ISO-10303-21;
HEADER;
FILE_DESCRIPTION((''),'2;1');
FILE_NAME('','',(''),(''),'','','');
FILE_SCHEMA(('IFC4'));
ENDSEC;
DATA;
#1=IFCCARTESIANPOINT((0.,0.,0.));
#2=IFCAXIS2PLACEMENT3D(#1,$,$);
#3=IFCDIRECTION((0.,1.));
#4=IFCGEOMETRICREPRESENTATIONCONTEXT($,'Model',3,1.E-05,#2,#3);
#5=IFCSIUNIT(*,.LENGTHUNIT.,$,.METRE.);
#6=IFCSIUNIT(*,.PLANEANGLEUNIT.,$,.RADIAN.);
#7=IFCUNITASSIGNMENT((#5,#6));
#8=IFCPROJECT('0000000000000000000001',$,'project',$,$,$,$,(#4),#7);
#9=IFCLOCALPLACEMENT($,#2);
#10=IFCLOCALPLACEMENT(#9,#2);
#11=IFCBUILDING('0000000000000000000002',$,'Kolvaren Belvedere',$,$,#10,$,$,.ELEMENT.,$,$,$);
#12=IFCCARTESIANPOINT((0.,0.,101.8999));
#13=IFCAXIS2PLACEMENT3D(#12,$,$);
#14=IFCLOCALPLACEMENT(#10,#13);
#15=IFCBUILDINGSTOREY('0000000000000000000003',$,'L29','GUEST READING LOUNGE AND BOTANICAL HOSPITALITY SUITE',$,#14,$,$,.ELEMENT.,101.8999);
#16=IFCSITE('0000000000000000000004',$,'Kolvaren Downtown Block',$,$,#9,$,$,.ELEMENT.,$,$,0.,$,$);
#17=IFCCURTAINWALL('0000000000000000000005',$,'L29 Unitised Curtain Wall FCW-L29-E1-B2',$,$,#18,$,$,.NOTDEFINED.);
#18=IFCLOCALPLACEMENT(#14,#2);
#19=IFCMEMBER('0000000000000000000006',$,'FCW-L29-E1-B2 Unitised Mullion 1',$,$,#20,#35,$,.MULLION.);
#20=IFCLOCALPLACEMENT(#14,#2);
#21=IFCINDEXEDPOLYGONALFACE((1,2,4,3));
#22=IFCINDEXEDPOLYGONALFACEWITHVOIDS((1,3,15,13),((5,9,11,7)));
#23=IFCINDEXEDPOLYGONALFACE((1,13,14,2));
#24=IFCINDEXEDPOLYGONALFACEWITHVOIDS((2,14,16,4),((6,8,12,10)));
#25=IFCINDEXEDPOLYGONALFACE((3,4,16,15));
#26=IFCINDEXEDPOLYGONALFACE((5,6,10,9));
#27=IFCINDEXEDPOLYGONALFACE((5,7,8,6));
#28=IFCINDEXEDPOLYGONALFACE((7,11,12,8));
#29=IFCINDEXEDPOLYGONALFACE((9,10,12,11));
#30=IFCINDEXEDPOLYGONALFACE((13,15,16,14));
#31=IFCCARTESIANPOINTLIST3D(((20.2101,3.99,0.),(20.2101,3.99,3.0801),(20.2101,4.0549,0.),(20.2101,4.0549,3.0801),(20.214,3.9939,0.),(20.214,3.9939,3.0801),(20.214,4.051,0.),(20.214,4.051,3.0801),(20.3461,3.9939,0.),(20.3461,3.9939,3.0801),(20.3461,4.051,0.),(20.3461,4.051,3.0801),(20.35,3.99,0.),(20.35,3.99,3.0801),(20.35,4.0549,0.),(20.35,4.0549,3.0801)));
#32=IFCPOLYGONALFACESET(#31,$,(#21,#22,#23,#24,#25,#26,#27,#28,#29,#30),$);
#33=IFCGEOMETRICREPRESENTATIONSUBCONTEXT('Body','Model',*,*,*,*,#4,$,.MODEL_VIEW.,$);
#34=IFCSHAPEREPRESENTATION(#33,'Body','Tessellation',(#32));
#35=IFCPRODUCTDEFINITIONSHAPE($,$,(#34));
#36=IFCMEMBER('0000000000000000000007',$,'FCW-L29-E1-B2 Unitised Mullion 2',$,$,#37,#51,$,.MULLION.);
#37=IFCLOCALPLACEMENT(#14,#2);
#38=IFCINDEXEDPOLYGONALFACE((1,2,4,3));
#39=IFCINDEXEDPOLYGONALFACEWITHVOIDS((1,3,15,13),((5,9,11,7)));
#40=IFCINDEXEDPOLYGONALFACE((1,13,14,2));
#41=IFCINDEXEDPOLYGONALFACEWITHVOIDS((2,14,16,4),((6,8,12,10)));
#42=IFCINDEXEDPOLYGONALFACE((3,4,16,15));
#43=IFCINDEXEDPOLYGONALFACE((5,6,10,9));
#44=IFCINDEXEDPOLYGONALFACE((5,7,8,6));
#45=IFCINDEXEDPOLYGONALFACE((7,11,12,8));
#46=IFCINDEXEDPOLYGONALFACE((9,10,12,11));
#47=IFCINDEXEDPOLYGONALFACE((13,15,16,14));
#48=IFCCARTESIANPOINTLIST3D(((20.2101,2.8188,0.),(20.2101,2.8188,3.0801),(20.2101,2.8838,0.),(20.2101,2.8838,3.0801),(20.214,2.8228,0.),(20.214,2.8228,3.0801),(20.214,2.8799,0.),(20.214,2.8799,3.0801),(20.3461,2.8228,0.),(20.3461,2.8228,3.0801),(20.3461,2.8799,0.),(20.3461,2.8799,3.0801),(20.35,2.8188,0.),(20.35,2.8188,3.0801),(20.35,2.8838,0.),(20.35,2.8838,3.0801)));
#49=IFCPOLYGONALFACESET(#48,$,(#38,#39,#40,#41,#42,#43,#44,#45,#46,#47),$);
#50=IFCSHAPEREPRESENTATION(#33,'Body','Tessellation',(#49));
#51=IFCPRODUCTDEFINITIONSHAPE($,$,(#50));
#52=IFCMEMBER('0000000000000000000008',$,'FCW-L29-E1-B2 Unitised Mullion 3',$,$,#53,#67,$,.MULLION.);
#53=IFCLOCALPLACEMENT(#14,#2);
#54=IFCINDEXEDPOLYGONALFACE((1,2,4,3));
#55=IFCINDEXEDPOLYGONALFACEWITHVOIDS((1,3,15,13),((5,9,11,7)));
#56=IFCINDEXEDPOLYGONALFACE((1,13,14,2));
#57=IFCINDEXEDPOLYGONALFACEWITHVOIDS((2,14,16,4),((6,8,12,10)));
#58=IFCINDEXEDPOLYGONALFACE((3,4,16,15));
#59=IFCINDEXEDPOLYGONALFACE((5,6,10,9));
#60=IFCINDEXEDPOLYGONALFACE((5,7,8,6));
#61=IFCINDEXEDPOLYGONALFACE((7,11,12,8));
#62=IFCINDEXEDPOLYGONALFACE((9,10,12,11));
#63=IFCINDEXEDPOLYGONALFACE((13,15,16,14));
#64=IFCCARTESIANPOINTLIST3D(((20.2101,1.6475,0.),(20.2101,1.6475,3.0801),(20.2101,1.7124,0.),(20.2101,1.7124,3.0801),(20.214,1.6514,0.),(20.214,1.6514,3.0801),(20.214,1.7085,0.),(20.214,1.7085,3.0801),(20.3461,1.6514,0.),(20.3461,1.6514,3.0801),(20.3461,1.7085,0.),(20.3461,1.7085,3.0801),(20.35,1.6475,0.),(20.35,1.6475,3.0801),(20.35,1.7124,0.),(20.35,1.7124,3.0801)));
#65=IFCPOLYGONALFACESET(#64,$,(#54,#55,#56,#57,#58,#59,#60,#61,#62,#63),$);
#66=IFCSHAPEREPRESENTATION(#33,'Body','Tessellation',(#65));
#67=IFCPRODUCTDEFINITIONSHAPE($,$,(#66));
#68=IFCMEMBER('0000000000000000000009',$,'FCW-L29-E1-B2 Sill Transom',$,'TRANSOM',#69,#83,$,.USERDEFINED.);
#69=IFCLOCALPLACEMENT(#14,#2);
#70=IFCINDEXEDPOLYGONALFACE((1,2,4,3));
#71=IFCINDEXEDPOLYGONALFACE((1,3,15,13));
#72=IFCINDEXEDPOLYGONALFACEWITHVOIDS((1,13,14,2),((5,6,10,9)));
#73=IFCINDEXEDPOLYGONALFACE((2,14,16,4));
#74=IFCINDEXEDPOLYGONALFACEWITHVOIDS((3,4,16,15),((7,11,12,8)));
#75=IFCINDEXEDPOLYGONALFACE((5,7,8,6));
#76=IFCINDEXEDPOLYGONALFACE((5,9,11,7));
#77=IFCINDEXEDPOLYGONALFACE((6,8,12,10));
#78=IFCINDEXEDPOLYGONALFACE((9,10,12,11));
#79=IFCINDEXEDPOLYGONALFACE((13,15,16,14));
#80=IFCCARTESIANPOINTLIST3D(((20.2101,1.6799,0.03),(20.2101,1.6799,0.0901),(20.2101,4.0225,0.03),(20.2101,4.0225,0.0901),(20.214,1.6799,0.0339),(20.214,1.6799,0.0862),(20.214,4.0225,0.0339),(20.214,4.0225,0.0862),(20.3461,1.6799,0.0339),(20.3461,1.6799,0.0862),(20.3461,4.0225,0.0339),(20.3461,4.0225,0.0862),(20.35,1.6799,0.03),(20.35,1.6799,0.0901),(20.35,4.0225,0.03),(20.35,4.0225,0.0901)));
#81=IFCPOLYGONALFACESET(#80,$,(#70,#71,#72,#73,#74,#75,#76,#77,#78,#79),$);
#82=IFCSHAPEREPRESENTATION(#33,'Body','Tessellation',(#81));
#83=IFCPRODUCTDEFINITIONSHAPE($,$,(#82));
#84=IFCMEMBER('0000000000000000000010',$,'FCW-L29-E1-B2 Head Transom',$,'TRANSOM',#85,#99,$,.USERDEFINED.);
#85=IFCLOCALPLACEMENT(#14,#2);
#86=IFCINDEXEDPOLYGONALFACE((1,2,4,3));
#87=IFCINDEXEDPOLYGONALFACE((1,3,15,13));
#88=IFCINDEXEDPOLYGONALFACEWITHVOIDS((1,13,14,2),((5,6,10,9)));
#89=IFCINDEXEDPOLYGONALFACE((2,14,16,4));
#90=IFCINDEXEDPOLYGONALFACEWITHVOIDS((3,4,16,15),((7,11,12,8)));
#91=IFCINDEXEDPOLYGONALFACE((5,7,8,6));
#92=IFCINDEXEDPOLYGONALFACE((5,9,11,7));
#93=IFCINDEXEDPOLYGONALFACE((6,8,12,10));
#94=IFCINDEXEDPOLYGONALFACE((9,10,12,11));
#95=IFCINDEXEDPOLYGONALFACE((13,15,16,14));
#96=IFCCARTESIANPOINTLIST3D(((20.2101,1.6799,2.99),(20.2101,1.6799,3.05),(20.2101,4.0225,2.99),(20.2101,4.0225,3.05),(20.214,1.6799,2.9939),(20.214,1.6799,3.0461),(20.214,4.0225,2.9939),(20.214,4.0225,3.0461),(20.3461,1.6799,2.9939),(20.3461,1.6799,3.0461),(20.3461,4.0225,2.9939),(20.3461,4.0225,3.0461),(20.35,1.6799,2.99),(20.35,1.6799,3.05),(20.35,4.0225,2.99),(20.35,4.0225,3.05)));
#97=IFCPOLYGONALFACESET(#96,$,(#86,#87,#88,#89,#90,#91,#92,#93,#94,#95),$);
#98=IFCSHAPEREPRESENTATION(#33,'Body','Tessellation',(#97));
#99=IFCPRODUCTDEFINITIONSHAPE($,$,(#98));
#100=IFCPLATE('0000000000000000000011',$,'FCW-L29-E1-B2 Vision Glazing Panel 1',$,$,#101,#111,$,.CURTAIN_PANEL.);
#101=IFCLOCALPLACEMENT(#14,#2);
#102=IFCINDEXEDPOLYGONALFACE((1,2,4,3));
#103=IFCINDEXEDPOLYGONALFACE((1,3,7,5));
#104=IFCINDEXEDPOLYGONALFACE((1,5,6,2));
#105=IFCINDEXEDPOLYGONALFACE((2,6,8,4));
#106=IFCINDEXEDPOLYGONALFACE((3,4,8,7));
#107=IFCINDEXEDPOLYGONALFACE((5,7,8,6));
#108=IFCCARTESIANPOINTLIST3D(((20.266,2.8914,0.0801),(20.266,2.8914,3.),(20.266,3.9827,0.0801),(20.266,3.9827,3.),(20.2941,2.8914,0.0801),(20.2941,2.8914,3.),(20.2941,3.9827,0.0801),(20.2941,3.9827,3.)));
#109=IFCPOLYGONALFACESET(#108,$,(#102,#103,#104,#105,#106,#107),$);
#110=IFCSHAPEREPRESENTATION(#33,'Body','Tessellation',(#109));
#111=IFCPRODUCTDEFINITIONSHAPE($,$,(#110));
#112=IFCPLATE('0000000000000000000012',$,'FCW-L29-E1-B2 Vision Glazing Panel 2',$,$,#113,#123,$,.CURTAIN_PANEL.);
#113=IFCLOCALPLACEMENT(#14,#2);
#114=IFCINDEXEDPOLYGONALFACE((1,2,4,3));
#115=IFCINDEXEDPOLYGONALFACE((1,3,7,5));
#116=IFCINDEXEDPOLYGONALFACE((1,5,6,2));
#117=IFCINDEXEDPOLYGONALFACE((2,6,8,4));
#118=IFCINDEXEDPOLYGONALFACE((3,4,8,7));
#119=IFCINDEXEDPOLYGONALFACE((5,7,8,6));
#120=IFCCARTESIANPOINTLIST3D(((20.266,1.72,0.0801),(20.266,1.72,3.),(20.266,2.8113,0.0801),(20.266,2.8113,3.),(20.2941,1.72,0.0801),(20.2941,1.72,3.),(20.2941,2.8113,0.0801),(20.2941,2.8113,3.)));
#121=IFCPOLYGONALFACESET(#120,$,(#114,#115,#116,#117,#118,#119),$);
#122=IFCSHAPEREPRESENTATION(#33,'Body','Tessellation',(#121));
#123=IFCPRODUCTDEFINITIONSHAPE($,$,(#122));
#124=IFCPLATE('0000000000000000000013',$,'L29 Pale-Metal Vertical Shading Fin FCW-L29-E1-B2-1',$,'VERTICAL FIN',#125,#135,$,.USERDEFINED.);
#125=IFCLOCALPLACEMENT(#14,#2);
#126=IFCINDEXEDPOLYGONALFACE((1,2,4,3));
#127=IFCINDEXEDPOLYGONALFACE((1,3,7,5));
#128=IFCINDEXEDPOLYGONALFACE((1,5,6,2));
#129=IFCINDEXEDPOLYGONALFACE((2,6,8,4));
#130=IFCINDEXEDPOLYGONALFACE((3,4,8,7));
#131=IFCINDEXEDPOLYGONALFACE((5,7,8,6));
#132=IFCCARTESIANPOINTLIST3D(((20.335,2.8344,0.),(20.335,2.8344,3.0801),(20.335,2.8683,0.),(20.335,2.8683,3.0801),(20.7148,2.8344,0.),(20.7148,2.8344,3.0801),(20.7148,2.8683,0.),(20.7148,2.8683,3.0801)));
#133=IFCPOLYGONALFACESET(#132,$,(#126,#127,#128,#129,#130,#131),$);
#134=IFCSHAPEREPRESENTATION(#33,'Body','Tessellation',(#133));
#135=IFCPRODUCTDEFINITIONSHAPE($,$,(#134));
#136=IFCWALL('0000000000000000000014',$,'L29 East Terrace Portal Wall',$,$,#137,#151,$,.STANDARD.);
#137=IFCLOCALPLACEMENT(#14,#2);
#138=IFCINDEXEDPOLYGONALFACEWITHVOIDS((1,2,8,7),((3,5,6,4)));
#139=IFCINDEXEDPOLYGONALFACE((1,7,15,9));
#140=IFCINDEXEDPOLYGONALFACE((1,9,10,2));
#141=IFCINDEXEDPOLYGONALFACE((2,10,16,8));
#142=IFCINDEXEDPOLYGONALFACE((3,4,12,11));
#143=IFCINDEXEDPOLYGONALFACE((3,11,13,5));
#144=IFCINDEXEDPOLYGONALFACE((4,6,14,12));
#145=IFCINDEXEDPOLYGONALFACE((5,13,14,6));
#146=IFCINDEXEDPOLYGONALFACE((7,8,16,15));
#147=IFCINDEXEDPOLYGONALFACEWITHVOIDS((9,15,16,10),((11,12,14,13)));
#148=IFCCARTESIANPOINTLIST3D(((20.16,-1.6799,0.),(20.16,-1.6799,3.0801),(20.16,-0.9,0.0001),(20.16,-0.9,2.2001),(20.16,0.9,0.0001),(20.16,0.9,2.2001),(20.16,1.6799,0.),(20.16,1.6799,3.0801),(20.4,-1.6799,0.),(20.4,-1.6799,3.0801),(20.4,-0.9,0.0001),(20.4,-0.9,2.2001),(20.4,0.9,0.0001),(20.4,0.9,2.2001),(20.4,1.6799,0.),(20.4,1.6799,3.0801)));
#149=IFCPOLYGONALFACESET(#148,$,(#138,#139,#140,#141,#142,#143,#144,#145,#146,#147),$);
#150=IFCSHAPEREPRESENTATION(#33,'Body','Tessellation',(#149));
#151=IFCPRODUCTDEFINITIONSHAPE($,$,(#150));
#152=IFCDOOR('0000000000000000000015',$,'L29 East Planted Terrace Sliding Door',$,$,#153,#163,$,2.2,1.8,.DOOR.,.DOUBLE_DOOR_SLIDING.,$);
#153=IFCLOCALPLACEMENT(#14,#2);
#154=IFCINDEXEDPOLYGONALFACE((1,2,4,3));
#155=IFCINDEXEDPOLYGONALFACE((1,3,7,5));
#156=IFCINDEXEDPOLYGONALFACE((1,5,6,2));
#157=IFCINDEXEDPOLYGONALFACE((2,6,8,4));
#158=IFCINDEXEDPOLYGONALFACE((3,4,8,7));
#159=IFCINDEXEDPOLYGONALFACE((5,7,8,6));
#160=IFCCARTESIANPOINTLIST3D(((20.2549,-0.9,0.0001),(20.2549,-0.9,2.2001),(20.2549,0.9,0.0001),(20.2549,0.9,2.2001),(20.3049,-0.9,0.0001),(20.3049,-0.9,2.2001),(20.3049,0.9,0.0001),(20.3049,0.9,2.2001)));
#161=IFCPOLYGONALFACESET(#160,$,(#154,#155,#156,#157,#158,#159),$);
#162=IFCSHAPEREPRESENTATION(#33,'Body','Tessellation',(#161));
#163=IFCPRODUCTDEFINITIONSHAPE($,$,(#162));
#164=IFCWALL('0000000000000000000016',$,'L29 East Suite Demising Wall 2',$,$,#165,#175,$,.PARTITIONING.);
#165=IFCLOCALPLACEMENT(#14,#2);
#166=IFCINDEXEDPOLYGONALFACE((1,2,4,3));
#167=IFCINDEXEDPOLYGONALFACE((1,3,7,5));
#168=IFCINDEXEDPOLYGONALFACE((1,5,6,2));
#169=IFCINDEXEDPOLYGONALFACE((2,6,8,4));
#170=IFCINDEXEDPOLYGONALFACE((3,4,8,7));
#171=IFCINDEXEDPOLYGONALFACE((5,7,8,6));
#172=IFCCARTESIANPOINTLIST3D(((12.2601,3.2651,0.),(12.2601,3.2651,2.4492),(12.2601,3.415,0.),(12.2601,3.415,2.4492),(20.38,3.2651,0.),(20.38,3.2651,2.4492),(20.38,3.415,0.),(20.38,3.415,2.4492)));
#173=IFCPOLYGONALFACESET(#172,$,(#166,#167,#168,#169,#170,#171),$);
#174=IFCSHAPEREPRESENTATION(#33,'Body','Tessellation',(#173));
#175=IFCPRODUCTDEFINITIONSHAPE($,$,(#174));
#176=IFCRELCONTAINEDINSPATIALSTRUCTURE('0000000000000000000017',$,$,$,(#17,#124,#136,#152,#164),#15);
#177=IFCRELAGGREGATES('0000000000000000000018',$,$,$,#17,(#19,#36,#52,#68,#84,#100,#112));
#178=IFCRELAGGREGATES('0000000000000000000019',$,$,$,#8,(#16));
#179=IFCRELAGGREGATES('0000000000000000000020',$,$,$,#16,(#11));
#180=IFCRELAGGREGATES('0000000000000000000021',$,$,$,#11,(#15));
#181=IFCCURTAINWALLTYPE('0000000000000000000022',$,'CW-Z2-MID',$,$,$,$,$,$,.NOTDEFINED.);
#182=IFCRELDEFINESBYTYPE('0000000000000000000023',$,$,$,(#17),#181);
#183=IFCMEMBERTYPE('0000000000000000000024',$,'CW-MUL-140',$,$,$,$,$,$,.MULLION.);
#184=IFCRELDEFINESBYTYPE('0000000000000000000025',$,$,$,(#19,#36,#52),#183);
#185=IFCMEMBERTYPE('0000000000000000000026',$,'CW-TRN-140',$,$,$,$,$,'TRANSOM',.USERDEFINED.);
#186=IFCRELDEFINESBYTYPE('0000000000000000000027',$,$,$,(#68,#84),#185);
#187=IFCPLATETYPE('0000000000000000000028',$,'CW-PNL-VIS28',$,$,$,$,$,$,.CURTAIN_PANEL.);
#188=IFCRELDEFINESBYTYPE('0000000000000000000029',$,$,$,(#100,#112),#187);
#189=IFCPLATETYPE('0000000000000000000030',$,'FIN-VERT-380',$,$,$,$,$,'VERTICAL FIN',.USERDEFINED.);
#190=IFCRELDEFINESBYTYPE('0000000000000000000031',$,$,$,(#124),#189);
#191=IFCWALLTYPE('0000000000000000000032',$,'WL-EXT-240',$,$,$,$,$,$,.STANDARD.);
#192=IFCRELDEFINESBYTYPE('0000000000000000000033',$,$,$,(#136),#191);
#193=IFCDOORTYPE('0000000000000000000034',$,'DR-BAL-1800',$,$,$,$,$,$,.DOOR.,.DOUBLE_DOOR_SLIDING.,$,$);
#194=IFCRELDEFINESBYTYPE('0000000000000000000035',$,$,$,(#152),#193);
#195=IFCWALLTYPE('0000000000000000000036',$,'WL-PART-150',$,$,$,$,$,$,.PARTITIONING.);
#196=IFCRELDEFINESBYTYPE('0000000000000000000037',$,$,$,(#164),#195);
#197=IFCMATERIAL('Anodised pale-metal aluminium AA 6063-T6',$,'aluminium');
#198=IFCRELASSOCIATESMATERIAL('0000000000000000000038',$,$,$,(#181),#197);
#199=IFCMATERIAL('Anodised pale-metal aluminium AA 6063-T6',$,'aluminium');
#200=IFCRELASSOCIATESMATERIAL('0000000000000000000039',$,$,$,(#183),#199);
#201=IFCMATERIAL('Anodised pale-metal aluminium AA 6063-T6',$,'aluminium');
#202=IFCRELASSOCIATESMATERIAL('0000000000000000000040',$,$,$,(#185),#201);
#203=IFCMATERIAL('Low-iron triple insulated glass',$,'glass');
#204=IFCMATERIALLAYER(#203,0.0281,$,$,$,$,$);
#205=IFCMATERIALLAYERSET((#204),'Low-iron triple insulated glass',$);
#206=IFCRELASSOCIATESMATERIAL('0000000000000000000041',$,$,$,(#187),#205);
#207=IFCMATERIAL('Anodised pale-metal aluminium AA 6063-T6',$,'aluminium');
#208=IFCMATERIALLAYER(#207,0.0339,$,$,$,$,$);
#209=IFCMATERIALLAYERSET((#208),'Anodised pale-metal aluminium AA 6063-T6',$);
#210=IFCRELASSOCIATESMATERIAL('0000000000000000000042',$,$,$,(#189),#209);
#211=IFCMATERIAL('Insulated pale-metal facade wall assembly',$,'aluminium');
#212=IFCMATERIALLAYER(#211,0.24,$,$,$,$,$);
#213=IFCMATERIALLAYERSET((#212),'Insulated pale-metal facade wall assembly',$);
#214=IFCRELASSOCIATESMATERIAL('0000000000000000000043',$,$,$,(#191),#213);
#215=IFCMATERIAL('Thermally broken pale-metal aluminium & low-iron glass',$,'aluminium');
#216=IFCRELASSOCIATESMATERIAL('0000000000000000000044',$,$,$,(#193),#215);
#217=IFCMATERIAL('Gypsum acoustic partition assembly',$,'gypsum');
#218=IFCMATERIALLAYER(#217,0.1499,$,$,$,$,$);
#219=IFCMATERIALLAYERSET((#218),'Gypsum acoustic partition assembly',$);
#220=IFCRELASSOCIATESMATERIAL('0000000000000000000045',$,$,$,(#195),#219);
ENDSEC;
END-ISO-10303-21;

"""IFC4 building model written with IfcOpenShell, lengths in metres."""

from ifc_helpers import new_model, si_unit, direction, frame, frame_2d, origin, origin_2d, place, context, subcontext, project, spatial, rectangle, hollow_rectangle, extrude, material, layer, layer_set, material_profile, profile_set, type_object, element, fill, aggregate, save


model = new_model("IFC4")

# Units and contexts
model_context = context("Model", 3, precision=1e-05, world=origin(), true_north=direction((0.0, 1.0)))
body_context = subcontext(model_context, "Body", "Model", "MODEL_VIEW")
ifc_project = project(units=[si_unit("LENGTHUNIT", "METRE"), si_unit("PLANEANGLEUNIT", "RADIAN")], contexts=[model_context])

# Site, building, storey
site_placement = place(None, origin())
site = spatial("IfcSite", under=ifc_project, at=site_placement, Name="Kolvaren Downtown Block", CompositionType="ELEMENT", RefElevation=0.0)
building_placement = place(site_placement, origin())
building = spatial("IfcBuilding", under=site, at=building_placement, Name="Kolvaren Belvedere", CompositionType="ELEMENT")
storey_placement = place(building_placement, frame((0.0, 0.0, 101.8999)))
storey = spatial("IfcBuildingStorey", under=building, at=storey_placement, Name="L29", Description="GUEST READING LOUNGE AND BOTANICAL HOSPITALITY SUITE", CompositionType="ELEMENT", Elevation=101.8999)

# Shared definitions
ifc_material_1 = material(Name="Anodised pale-metal aluminium AA 6063-T6", Category="aluminium")
curtain_wall_type = type_object("IfcCurtainWallType", Name="CW-Z2-MID", PredefinedType="NOTDEFINED", material=ifc_material_1)
ifc_material_2 = material(Name="Anodised pale-metal aluminium AA 6063-T6", Category="aluminium")
ifc_material_profile_1 = material_profile(ifc_material_2, hollow_rectangle(XDim=0.0649, YDim=0.1399, WallThickness=0.0039, at=origin_2d()), Name="ALU-MUL-140X65")
ifc_profile_set_1 = profile_set([ifc_material_profile_1], Name="Anodised pale-metal aluminium AA 6063-T6")
member_type_1 = type_object("IfcMemberType", Name="CW-MUL-140", PredefinedType="MULLION", material=ifc_profile_set_1)

# Curtain wall, members, plates
curtain_wall_1_placement = place(storey_placement, origin())
curtain_wall_1 = element("IfcCurtainWall", 1, at=curtain_wall_1_placement, inside=storey, type_object=curtain_wall_type, Name="L29 Unitised Curtain Wall FCW-L29-E1-B2", PredefinedType="NOTDEFINED")
member_1_placement = place(storey_placement, frame((20.28, 4.0225, 0.0), z_axis=(0.0, 0.0, 1.0), x_axis=(0.0, 1.0, 0.0)))
member_1 = element("IfcMember", 2, at=member_1_placement, type_object=member_type_1, Name="FCW-L29-E1-B2 Unitised Mullion 1", PredefinedType="MULLION", context=body_context, shape_type="SweptSolid", body=[
    extrude(hollow_rectangle(XDim=0.0649, YDim=0.1399, WallThickness=0.0039, at=origin_2d()), origin(), (0.0, 0.0, 1.0), 3.0801),
])
member_2_placement = place(storey_placement, frame((20.28, 2.8513, 0.0), z_axis=(0.0, 0.0, 1.0), x_axis=(0.0, 1.0, 0.0)))
member_2 = element("IfcMember", 3, at=member_2_placement, type_object=member_type_1, Name="FCW-L29-E1-B2 Unitised Mullion 2", PredefinedType="MULLION", context=body_context, shape_type="SweptSolid", body=[
    extrude(hollow_rectangle(XDim=0.0649, YDim=0.1399, WallThickness=0.0039, at=origin_2d()), origin(), (0.0, 0.0, 1.0), 3.0801),
])
member_3_placement = place(storey_placement, frame((20.28, 1.6799, 0.0), z_axis=(0.0, 0.0, 1.0), x_axis=(0.0, 1.0, 0.0)))
member_3 = element("IfcMember", 4, at=member_3_placement, type_object=member_type_1, Name="FCW-L29-E1-B2 Unitised Mullion 3", PredefinedType="MULLION", context=body_context, shape_type="SweptSolid", body=[
    extrude(hollow_rectangle(XDim=0.0649, YDim=0.1399, WallThickness=0.0039, at=origin_2d()), origin(), (0.0, 0.0, 1.0), 3.0801),
])
ifc_material_3 = material(Name="Anodised pale-metal aluminium AA 6063-T6", Category="aluminium")
ifc_material_profile_2 = material_profile(ifc_material_3, hollow_rectangle(XDim=0.0601, YDim=0.1399, WallThickness=0.0039, at=origin_2d()), Name="ALU-TRN-140X60")
ifc_profile_set_2 = profile_set([ifc_material_profile_2], Name="Anodised pale-metal aluminium AA 6063-T6")
member_type_2 = type_object("IfcMemberType", Name="CW-TRN-140", ElementType="TRANSOM", PredefinedType="USERDEFINED", material=ifc_profile_set_2)
member_4_placement = place(storey_placement, frame((20.28, 4.0225, 0.0601), z_axis=(0.0, -1.0, 0.0), x_axis=(0.0, 0.0, 1.0)))
member_4 = element("IfcMember", 5, at=member_4_placement, type_object=member_type_2, Name="FCW-L29-E1-B2 Sill Transom", ObjectType="TRANSOM", PredefinedType="USERDEFINED", context=body_context, shape_type="SweptSolid", body=[
    extrude(hollow_rectangle(XDim=0.0601, YDim=0.1399, WallThickness=0.0039, at=origin_2d()), origin(), (0.0, 0.0, 1.0), 2.3425),
])
member_5_placement = place(storey_placement, frame((20.28, 4.0225, 3.02), z_axis=(0.0, -1.0, 0.0), x_axis=(0.0, 0.0, 1.0)))
member_5 = element("IfcMember", 6, at=member_5_placement, type_object=member_type_2, Name="FCW-L29-E1-B2 Head Transom", ObjectType="TRANSOM", PredefinedType="USERDEFINED", context=body_context, shape_type="SweptSolid", body=[
    extrude(hollow_rectangle(XDim=0.0601, YDim=0.1399, WallThickness=0.0039, at=origin_2d()), origin(), (0.0, 0.0, 1.0), 2.3425),
])
ifc_material_4 = material(Name="Low-iron triple insulated glass", Category="glass")
ifc_layer_1 = layer(ifc_material_4, 0.0281)
ifc_layer_set_1 = layer_set([ifc_layer_1], Name="Low-iron triple insulated glass")
plate_type_1 = type_object("IfcPlateType", Name="CW-PNL-VIS28", PredefinedType="CURTAIN_PANEL", material=ifc_layer_set_1)
plate_1_placement = place(storey_placement, frame((20.28, 3.437, 0.0801), z_axis=(0.0, 0.0, 1.0), x_axis=(0.0, -1.0, 0.0)))
plate_1 = element("IfcPlate", 7, at=plate_1_placement, type_object=plate_type_1, Name="FCW-L29-E1-B2 Vision Glazing Panel 1", PredefinedType="CURTAIN_PANEL", context=body_context, shape_type="SweptSolid", body=[
    extrude(rectangle(XDim=1.0913, YDim=0.0281, at=origin_2d()), origin(), (0.0, 0.0, 1.0), 2.9199),
])
plate_2_placement = place(storey_placement, frame((20.28, 2.2656, 0.0801), z_axis=(0.0, 0.0, 1.0), x_axis=(0.0, -1.0, 0.0)))
plate_2 = element("IfcPlate", 8, at=plate_2_placement, type_object=plate_type_1, Name="FCW-L29-E1-B2 Vision Glazing Panel 2", PredefinedType="CURTAIN_PANEL", context=body_context, shape_type="SweptSolid", body=[
    extrude(rectangle(XDim=1.0913, YDim=0.0281, at=origin_2d()), origin(), (0.0, 0.0, 1.0), 2.9199),
])
aggregate(curtain_wall_1, [member_1, member_2, member_3, member_4, member_5, plate_1, plate_2])

# Plate
ifc_material_5 = material(Name="Anodised pale-metal aluminium AA 6063-T6", Category="aluminium")
ifc_layer_2 = layer(ifc_material_5, 0.0339)
ifc_layer_set_2 = layer_set([ifc_layer_2], Name="Anodised pale-metal aluminium AA 6063-T6")
plate_type_2 = type_object("IfcPlateType", Name="FIN-VERT-380", ElementType="VERTICAL FIN", PredefinedType="USERDEFINED", material=ifc_layer_set_2)
plate_3_placement = place(storey_placement, frame((20.5249, 2.8513, 0.0), z_axis=(0.0, 0.0, 1.0), x_axis=(1.0, 0.0, 0.0)))
element("IfcPlate", 9, at=plate_3_placement, inside=storey, type_object=plate_type_2, Name="L29 Pale-Metal Vertical Shading Fin FCW-L29-E1-B2-1", ObjectType="VERTICAL FIN", PredefinedType="USERDEFINED", context=body_context, shape_type="SweptSolid", body=[
    extrude(rectangle(XDim=0.3799, YDim=0.0339, at=origin_2d()), origin(), (0.0, 0.0, 1.0), 3.0801),
])

# Wall, opening, door
ifc_material_6 = material(Name="Insulated pale-metal facade wall assembly", Category="aluminium")
ifc_layer_3 = layer(ifc_material_6, 0.24)
ifc_layer_set_3 = layer_set([ifc_layer_3], Name="Insulated pale-metal facade wall assembly")
wall_type_1 = type_object("IfcWallType", Name="WL-EXT-240", PredefinedType="STANDARD", material=ifc_layer_set_3)
wall_1_placement = place(storey_placement, frame((20.28, 1.6799, 0.0), z_axis=(0.0, 0.0, 1.0), x_axis=(0.0, -1.0, 0.0)))
wall_1 = element("IfcWall", 10, at=wall_1_placement, inside=storey, type_object=wall_type_1, Name="L29 East Terrace Portal Wall", PredefinedType="STANDARD", context=body_context, shape_type="SweptSolid", body=[
    extrude(rectangle(XDim=3.3599, YDim=0.24, at=frame_2d((1.6799, 0.0))), origin(), (0.0, 0.0, 1.0), 3.0801),
])
opening_1_placement = place(wall_1_placement, frame((0.78, 0.0, 0.0)))
opening_1 = element("IfcOpeningElement", 11, at=opening_1_placement, cuts=wall_1, PredefinedType="OPENING", context=body_context, shape_type="SweptSolid", body=[
    extrude(rectangle(XDim=1.8, YDim=2.2, at=frame_2d((0.8999, 1.1001))), frame((0.0, 0.1299, 0.0), z_axis=(0.0, -1.0, 0.0), x_axis=(1.0, 0.0, 0.0)), (0.0, 0.0, 1.0), 0.26),
])
ifc_material_7 = material(Name="Thermally broken pale-metal aluminium & low-iron glass", Category="aluminium")
door_type_1 = type_object("IfcDoorType", Name="DR-BAL-1800", OperationType="DOUBLE_DOOR_SLIDING", PredefinedType="DOOR", material=ifc_material_7)
door_1_placement = place(opening_1_placement, origin())
door_1 = element("IfcDoor", 12, at=door_1_placement, inside=storey, type_object=door_type_1, Name="L29 East Planted Terrace Sliding Door", OperationType="DOUBLE_DOOR_SLIDING", OverallHeight=2.2, OverallWidth=1.8, PredefinedType="DOOR", context=body_context, shape_type="SweptSolid", body=[
    extrude(rectangle(XDim=1.8, YDim=2.2, at=frame_2d((0.8999, 1.1001))), frame((0.0, 0.0249, 0.0), z_axis=(0.0, -1.0, 0.0), x_axis=(1.0, 0.0, 0.0)), (0.0, 0.0, 1.0), 0.05),
])
fill(opening_1, door_1)

# Wall
ifc_material_8 = material(Name="Gypsum acoustic partition assembly", Category="gypsum")
ifc_layer_4 = layer(ifc_material_8, 0.1499)
ifc_layer_set_4 = layer_set([ifc_layer_4], Name="Gypsum acoustic partition assembly")
wall_type_2 = type_object("IfcWallType", Name="WL-PART-150", PredefinedType="PARTITIONING", material=ifc_layer_set_4)
wall_2_placement = place(storey_placement, frame((12.26, 3.3401, 0.0), z_axis=(0.0, 0.0, 1.0), x_axis=(1.0, 0.0, 0.0)))
element("IfcWall", 13, at=wall_2_placement, inside=storey, type_object=wall_type_2, Name="L29 East Suite Demising Wall 2", PredefinedType="PARTITIONING", context=body_context, shape_type="SweptSolid", body=[
    extrude(rectangle(XDim=8.1199, YDim=0.1499, at=frame_2d((4.0601, 0.0))), origin(), (0.0, 0.0, 1.0), 2.4492),
])

save(model, "model.ifc")
